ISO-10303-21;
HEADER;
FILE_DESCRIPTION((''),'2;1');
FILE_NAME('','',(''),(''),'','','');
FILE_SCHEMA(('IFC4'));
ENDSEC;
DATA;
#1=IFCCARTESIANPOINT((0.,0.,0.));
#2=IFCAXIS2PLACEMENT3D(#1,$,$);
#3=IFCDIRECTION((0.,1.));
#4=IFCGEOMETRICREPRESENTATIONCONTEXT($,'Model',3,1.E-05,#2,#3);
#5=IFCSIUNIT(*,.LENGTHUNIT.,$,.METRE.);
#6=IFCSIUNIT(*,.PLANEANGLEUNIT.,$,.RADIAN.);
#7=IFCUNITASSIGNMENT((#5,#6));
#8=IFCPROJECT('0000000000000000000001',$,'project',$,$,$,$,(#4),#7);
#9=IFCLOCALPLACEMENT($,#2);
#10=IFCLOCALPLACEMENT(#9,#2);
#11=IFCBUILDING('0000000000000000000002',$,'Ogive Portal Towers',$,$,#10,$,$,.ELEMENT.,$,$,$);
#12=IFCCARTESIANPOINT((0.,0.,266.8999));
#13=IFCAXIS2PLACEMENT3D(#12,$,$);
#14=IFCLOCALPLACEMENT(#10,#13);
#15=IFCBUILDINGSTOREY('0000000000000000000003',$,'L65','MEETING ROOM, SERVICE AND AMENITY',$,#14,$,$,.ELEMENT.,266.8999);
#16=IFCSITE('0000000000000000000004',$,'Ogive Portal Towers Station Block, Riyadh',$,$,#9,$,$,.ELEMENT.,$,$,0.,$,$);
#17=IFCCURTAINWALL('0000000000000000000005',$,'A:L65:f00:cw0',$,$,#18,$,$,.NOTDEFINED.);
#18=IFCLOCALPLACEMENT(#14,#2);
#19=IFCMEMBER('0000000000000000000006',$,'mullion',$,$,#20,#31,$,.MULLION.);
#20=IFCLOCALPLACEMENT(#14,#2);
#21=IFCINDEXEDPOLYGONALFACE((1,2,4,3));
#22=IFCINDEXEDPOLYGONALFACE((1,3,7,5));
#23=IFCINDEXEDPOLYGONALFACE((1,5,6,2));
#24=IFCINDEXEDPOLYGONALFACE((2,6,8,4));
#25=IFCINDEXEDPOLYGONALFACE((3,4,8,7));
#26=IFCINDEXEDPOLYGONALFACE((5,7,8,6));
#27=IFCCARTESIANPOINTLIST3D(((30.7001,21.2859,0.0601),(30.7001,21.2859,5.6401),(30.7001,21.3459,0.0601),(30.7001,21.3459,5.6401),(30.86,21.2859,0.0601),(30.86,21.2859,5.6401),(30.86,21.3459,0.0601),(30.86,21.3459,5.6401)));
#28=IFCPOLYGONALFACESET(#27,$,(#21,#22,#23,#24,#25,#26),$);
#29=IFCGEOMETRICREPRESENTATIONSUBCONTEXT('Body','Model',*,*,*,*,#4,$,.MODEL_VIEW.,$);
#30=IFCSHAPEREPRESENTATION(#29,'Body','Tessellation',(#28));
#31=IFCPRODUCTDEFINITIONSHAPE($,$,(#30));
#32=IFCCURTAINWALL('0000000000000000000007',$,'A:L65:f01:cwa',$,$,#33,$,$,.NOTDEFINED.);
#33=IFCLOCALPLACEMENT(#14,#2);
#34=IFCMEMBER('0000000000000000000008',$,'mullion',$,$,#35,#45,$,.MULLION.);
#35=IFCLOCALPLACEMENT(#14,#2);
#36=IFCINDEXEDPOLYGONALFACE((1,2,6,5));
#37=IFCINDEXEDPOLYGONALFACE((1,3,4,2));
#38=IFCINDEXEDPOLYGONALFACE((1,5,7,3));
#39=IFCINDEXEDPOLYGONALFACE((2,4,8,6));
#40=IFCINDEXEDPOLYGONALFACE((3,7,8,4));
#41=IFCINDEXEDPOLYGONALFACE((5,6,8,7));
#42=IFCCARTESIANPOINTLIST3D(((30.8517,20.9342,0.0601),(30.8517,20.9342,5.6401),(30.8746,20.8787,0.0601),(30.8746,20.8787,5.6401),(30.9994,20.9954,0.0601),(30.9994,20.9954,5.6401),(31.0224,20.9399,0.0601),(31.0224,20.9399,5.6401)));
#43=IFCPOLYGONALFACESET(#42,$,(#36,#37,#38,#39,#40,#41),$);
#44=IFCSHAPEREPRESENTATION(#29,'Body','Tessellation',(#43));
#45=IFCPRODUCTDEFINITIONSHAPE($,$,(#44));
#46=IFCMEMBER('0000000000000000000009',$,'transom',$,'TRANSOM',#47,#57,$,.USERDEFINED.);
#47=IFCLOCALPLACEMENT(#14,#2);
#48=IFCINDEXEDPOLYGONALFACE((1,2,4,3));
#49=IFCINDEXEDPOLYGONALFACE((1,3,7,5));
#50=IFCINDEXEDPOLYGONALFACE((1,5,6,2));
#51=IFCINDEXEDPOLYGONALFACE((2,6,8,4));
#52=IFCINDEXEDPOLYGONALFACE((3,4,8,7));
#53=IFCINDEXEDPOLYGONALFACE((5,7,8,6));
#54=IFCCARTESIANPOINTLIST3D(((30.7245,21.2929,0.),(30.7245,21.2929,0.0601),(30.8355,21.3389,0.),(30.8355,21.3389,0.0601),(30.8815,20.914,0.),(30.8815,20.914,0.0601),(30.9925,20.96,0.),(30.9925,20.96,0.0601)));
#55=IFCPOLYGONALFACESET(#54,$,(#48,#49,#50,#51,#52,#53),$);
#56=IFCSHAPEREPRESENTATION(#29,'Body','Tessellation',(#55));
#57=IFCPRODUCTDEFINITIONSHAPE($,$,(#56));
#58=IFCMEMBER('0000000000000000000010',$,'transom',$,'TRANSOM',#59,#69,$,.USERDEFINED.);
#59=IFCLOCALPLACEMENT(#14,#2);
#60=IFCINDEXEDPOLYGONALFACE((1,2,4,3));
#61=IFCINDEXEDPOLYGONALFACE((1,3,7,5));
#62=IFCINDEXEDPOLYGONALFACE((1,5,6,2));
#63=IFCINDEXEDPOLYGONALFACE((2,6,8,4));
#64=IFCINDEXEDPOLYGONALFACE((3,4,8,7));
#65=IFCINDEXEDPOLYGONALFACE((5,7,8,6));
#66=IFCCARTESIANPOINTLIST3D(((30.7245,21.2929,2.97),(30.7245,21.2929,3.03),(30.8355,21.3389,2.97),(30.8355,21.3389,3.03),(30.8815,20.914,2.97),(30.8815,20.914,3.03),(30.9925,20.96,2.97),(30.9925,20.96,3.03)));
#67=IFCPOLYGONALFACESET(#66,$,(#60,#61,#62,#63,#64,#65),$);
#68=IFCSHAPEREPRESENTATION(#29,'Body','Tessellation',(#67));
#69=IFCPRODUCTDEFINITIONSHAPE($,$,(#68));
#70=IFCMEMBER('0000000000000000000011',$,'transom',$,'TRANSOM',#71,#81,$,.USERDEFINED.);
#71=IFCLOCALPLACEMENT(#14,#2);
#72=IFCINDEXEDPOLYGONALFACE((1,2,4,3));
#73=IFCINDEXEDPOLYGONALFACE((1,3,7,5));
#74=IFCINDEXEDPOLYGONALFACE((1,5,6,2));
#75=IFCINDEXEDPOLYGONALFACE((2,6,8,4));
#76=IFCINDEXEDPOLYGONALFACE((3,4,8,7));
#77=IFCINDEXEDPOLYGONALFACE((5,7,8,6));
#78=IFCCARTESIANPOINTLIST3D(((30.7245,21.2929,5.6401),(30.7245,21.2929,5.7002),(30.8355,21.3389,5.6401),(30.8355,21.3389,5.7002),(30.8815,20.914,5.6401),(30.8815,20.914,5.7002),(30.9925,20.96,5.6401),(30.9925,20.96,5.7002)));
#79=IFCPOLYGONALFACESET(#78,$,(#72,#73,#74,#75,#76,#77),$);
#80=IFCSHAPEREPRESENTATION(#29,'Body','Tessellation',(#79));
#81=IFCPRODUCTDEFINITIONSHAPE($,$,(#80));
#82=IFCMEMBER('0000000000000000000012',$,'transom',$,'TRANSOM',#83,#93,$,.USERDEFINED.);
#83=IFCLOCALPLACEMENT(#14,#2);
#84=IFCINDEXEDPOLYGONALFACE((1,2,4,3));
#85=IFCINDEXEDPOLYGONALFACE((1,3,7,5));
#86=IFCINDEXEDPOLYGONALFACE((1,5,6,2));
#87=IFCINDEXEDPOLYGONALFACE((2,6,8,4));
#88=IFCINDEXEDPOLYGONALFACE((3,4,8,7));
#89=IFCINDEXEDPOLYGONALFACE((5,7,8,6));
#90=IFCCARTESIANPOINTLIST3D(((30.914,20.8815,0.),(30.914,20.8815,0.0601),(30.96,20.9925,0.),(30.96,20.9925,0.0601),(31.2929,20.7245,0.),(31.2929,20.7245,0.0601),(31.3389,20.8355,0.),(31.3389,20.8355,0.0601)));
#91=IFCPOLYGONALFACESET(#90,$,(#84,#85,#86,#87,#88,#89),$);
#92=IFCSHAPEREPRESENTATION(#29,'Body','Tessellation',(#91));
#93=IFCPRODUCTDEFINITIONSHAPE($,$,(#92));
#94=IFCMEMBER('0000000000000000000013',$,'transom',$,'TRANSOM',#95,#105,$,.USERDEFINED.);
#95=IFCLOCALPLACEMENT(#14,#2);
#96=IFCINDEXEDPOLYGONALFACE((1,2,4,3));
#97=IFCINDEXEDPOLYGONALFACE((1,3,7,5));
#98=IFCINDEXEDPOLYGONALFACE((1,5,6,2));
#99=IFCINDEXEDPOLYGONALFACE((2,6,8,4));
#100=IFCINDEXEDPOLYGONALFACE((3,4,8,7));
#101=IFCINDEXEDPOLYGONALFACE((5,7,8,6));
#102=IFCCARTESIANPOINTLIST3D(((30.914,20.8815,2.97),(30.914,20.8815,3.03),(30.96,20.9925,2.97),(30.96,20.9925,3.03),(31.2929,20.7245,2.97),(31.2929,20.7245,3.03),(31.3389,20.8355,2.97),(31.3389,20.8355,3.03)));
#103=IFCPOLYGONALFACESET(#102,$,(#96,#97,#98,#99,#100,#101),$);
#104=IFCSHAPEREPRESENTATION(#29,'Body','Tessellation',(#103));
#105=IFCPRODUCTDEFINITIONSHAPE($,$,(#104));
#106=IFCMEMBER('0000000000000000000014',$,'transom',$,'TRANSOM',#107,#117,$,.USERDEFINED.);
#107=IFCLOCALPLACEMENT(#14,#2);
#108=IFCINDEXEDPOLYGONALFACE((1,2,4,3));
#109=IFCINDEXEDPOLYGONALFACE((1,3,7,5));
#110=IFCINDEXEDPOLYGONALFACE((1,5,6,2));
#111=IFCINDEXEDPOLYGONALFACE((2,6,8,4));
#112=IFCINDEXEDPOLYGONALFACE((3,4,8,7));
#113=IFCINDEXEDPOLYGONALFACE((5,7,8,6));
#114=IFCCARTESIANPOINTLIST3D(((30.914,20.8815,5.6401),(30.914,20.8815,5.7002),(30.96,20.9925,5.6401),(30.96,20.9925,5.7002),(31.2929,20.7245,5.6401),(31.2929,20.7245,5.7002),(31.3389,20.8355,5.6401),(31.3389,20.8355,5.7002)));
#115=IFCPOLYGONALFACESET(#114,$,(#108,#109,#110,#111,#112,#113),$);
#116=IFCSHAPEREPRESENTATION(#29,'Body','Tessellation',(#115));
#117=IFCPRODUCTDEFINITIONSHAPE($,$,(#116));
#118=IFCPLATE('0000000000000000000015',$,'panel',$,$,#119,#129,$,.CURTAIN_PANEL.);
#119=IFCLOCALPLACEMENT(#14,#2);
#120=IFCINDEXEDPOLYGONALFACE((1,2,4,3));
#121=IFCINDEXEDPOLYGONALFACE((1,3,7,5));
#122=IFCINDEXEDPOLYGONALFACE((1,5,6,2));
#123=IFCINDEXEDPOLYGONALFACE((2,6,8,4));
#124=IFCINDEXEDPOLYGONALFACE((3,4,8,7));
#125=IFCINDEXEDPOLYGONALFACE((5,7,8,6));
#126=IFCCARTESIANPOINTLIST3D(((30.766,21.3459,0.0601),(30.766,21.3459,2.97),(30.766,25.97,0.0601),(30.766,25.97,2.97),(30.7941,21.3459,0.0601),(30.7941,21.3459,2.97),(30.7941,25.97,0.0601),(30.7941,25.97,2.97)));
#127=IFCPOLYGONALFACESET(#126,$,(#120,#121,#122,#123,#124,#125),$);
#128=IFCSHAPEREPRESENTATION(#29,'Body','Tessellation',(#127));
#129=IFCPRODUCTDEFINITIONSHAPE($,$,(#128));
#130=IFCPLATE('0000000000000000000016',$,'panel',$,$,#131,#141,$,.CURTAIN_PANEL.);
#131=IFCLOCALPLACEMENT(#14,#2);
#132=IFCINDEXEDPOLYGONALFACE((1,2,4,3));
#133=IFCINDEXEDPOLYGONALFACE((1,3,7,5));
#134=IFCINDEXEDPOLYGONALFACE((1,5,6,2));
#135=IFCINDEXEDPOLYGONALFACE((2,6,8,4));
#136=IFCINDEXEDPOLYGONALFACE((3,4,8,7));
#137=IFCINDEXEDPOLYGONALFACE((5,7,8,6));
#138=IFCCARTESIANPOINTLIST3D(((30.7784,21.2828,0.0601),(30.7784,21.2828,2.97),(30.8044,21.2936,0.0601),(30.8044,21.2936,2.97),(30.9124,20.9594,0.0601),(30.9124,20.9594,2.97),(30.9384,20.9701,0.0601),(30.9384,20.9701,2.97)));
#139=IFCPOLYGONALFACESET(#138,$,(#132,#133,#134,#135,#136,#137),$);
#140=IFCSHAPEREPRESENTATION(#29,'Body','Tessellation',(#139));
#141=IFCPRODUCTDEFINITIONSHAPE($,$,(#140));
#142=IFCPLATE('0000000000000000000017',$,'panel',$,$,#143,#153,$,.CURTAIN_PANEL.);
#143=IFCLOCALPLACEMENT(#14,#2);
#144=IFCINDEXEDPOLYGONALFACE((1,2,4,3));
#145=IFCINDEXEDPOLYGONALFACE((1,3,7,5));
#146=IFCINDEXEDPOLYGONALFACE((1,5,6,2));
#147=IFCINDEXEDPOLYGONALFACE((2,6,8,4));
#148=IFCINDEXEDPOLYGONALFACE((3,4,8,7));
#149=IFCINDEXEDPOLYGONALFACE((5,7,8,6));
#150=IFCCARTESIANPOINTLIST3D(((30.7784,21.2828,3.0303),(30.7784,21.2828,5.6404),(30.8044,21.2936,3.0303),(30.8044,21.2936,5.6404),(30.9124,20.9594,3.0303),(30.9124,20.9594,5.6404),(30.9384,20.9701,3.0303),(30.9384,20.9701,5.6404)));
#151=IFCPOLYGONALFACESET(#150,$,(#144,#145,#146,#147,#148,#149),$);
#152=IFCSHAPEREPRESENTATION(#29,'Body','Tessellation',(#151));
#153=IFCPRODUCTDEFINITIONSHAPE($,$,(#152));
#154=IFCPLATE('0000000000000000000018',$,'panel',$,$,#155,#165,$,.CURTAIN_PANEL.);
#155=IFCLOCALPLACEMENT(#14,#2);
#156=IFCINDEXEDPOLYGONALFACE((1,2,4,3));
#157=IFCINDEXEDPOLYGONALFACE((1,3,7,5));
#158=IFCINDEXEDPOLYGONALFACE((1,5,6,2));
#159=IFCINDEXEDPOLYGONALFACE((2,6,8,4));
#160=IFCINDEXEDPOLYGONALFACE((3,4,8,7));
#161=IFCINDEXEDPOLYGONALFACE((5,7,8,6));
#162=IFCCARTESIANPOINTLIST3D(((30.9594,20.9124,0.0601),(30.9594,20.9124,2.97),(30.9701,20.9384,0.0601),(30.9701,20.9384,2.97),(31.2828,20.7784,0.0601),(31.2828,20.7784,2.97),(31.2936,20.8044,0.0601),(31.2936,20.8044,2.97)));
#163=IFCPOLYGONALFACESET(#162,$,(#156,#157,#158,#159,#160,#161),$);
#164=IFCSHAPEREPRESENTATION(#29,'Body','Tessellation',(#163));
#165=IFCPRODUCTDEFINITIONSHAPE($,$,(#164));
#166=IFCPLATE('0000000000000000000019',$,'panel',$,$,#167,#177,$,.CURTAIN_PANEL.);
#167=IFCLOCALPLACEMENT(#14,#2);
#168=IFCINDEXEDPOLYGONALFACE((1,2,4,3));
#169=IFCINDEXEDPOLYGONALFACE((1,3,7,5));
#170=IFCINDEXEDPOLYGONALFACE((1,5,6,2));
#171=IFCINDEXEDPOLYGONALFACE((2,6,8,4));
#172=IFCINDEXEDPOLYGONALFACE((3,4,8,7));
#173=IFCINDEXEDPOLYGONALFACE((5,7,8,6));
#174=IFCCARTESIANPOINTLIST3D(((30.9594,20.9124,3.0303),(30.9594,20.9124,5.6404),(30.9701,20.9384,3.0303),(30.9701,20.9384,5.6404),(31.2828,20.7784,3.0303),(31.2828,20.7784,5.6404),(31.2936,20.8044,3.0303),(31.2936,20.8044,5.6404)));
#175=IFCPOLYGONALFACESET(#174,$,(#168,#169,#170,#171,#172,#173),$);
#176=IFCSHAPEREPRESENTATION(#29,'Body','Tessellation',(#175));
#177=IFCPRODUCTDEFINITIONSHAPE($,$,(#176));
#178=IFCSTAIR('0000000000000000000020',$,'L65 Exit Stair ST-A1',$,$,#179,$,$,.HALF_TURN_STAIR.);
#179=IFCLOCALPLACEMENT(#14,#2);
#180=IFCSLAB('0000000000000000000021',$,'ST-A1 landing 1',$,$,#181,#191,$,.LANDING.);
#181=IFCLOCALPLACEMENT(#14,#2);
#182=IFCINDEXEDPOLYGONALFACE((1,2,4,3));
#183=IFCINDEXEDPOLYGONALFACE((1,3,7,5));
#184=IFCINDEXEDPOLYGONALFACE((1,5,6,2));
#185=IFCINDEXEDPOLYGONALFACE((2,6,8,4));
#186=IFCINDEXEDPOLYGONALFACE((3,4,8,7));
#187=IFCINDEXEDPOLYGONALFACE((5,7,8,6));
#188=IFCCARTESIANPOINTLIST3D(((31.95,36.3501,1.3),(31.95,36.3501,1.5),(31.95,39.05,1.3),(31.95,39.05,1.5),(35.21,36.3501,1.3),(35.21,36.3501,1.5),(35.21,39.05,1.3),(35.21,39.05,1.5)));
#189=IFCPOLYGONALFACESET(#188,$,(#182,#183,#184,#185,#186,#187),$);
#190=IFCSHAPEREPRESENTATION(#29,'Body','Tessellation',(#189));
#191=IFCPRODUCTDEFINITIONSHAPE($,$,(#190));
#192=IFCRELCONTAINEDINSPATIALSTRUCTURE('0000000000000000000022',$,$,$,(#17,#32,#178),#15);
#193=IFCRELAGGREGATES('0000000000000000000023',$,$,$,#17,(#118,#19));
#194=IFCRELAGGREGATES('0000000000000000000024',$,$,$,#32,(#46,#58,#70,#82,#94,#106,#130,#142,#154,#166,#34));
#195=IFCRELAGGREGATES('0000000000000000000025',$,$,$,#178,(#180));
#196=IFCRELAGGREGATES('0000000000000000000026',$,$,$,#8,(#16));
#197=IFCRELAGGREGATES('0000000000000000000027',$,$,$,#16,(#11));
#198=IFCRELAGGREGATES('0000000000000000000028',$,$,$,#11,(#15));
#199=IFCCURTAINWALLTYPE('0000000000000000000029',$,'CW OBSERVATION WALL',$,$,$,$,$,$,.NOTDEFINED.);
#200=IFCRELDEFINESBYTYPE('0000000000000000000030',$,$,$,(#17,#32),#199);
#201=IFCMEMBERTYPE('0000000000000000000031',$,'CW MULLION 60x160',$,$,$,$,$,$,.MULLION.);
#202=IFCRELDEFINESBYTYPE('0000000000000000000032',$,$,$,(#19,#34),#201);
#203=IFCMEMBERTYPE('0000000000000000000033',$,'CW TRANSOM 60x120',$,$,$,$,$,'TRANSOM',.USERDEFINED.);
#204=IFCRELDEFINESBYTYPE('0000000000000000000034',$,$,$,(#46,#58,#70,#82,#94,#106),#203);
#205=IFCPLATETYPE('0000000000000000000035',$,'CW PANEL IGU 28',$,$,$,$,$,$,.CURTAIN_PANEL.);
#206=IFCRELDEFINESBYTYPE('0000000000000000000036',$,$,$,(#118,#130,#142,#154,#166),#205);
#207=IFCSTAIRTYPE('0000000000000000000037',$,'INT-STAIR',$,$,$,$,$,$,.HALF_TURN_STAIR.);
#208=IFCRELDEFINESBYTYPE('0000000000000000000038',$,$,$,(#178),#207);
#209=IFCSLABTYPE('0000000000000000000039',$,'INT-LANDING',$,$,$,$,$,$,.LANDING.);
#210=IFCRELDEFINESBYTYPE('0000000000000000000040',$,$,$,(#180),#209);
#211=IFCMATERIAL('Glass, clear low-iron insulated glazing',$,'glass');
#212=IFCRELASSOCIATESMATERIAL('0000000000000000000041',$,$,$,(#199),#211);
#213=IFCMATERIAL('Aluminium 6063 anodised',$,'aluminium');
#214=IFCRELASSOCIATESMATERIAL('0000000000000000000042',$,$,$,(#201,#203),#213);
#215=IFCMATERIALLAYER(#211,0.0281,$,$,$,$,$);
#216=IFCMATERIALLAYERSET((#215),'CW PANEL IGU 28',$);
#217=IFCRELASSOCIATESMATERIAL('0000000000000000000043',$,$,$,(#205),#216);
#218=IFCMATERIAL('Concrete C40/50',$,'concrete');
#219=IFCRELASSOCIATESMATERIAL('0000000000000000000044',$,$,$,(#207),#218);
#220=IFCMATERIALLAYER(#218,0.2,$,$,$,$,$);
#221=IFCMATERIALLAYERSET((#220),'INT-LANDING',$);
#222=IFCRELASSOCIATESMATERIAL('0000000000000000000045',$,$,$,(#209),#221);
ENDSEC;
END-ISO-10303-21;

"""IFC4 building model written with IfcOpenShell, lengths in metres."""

from ifc_helpers import new_model, si_unit, direction, frame, origin, origin_2d, place, context, subcontext, project, spatial, polyline, rectangle, outline, extrude, material, layer, layer_set, material_profile, profile_set, type_object, element, aggregate, save


model = new_model("IFC4")

# Units and contexts
model_context = context("Model", 3, precision=1e-05, world=origin(), true_north=direction((0.0, 1.0)))
body_context = subcontext(model_context, "Body", "Model", "MODEL_VIEW")
ifc_project = project(units=[si_unit("LENGTHUNIT", "METRE"), si_unit("PLANEANGLEUNIT", "RADIAN")], contexts=[model_context])

# Site, building, storey
site_placement = place(None, origin())
site = spatial("IfcSite", under=ifc_project, at=site_placement, Name="Ogive Portal Towers Station Block, Riyadh", CompositionType="ELEMENT", RefElevation=0.0)
building_placement = place(site_placement, origin())
building = spatial("IfcBuilding", under=site, at=building_placement, Name="Ogive Portal Towers", CompositionType="ELEMENT")
storey_placement = place(building_placement, frame((0.0, 0.0, 266.8999)))
storey = spatial("IfcBuildingStorey", under=building, at=storey_placement, Name="L65", Description="MEETING ROOM, SERVICE AND AMENITY", CompositionType="ELEMENT", Elevation=266.8999)

# Curtain wall, member
ifc_material_1 = material(Name="Glass, clear low-iron insulated glazing", Category="glass")
curtain_wall_type = type_object("IfcCurtainWallType", Name="CW OBSERVATION WALL", PredefinedType="NOTDEFINED", material=ifc_material_1)
curtain_wall_1_placement = place(storey_placement, origin())
curtain_wall_1 = element("IfcCurtainWall", 1, at=curtain_wall_1_placement, inside=storey, type_object=curtain_wall_type, Name="A:L65:f00:cw0", PredefinedType="NOTDEFINED")
ifc_material_2 = material(Name="Aluminium 6063 anodised", Category="aluminium")
ifc_material_profile_1 = material_profile(ifc_material_2, rectangle(XDim=0.1599, YDim=0.0601, at=origin_2d()), Name="AL 60x160")
ifc_profile_set_1 = profile_set([ifc_material_profile_1], Name="Aluminium 6063 anodised")
member_type_1 = type_object("IfcMemberType", Name="CW MULLION 60x160", PredefinedType="MULLION", material=ifc_profile_set_1)
member_1_placement = place(storey_placement, frame((30.78, 21.3159, 0.0601), z_axis=(0.0, 0.0, 1.0), x_axis=(1.0, 0.0, 0.0)))
member_1 = element("IfcMember", 2, at=member_1_placement, type_object=member_type_1, Name="mullion", PredefinedType="MULLION", context=body_context, shape_type="SweptSolid", body=[
    extrude(rectangle(XDim=0.1599, YDim=0.0601, at=origin_2d()), origin(), (0.0, 0.0, 1.0), 5.5801),
])

# Curtain wall, members
curtain_wall_2_placement = place(storey_placement, origin())
curtain_wall_2 = element("IfcCurtainWall", 3, at=curtain_wall_2_placement, inside=storey, type_object=curtain_wall_type, Name="A:L65:f01:cwa", PredefinedType="NOTDEFINED")
member_2_placement = place(storey_placement, frame((30.937, 20.937, 0.0601), z_axis=(0.0, 0.0, 1.0), x_axis=(0.92388, 0.382683, 0.0)))
member_2 = element("IfcMember", 4, at=member_2_placement, type_object=member_type_1, Name="mullion", PredefinedType="MULLION", context=body_context, shape_type="SweptSolid", body=[
    extrude(rectangle(XDim=0.1599, YDim=0.0601, at=origin_2d()), origin(), (0.0, 0.0, 1.0), 5.5801),
])
ifc_material_profile_2 = material_profile(ifc_material_2, rectangle(XDim=0.1201, YDim=0.0601, at=origin_2d()), Name="AL 120x60")
ifc_profile_set_2 = profile_set([ifc_material_profile_2], Name="Aluminium 6063 anodised")
member_type_2 = type_object("IfcMemberType", Name="CW TRANSOM 60x120", ElementType="TRANSOM", PredefinedType="USERDEFINED", material=ifc_profile_set_2)
member_3_placement = place(storey_placement, frame((30.78, 21.3159, 0.03), z_axis=(0.382755, -0.92385, 0.0), x_axis=(0.92385, 0.382755, 0.0)))
member_3 = element("IfcMember", 5, at=member_3_placement, type_object=member_type_2, Name="transom", ObjectType="TRANSOM", PredefinedType="USERDEFINED", context=body_context, shape_type="SweptSolid", body=[
    extrude(rectangle(XDim=0.1201, YDim=0.0601, at=origin_2d()), origin(), (0.0, 0.0, 1.0), 0.4102),
])
member_4_placement = place(storey_placement, frame((30.78, 21.3159, 3.0), z_axis=(0.382755, -0.92385, 0.0), x_axis=(0.92385, 0.382755, 0.0)))
member_4 = element("IfcMember", 6, at=member_4_placement, type_object=member_type_2, Name="transom", ObjectType="TRANSOM", PredefinedType="USERDEFINED", context=body_context, shape_type="SweptSolid", body=[
    extrude(rectangle(XDim=0.1201, YDim=0.0601, at=origin_2d()), origin(), (0.0, 0.0, 1.0), 0.4102),
])
member_5_placement = place(storey_placement, frame((30.78, 21.3159, 5.6702), z_axis=(0.382755, -0.92385, 0.0), x_axis=(0.92385, 0.382755, 0.0)))
member_5 = element("IfcMember", 7, at=member_5_placement, type_object=member_type_2, Name="transom", ObjectType="TRANSOM", PredefinedType="USERDEFINED", context=body_context, shape_type="SweptSolid", body=[
    extrude(rectangle(XDim=0.1201, YDim=0.0601, at=origin_2d()), origin(), (0.0, 0.0, 1.0), 0.4102),
])
member_6_placement = place(storey_placement, frame((30.937, 20.937, 0.03), z_axis=(0.92385, -0.382755, 0.0), x_axis=(0.382755, 0.92385, 0.0)))
member_6 = element("IfcMember", 8, at=member_6_placement, type_object=member_type_2, Name="transom", ObjectType="TRANSOM", PredefinedType="USERDEFINED", context=body_context, shape_type="SweptSolid", body=[
    extrude(rectangle(XDim=0.1201, YDim=0.0601, at=origin_2d()), origin(), (0.0, 0.0, 1.0), 0.4102),
])
member_7_placement = place(storey_placement, frame((30.937, 20.937, 3.0), z_axis=(0.92385, -0.382755, 0.0), x_axis=(0.382755, 0.92385, 0.0)))
member_7 = element("IfcMember", 9, at=member_7_placement, type_object=member_type_2, Name="transom", ObjectType="TRANSOM", PredefinedType="USERDEFINED", context=body_context, shape_type="SweptSolid", body=[
    extrude(rectangle(XDim=0.1201, YDim=0.0601, at=origin_2d()), origin(), (0.0, 0.0, 1.0), 0.4102),
])
member_8_placement = place(storey_placement, frame((30.937, 20.937, 5.6702), z_axis=(0.92385, -0.382755, 0.0), x_axis=(0.382755, 0.92385, 0.0)))
member_8 = element("IfcMember", 10, at=member_8_placement, type_object=member_type_2, Name="transom", ObjectType="TRANSOM", PredefinedType="USERDEFINED", context=body_context, shape_type="SweptSolid", body=[
    extrude(rectangle(XDim=0.1201, YDim=0.0601, at=origin_2d()), origin(), (0.0, 0.0, 1.0), 0.4102),
])

# Plates
ifc_layer_1 = layer(ifc_material_1, 0.0281)
ifc_layer_set_1 = layer_set([ifc_layer_1], Name="CW PANEL IGU 28")
plate_type = type_object("IfcPlateType", Name="CW PANEL IGU 28", PredefinedType="CURTAIN_PANEL", material=ifc_layer_set_1)
plate_1_placement = place(storey_placement, frame((30.78, 23.658, 0.0601), z_axis=(0.0, 0.0, 1.0), x_axis=(0.0, -1.0, 0.0)))
plate_1 = element("IfcPlate", 11, at=plate_1_placement, type_object=plate_type, Name="panel", PredefinedType="CURTAIN_PANEL", context=body_context, shape_type="SweptSolid", body=[
    extrude(rectangle(XDim=4.624, YDim=0.0281, at=origin_2d()), origin(), (0.0, 0.0, 1.0), 2.9099),
])
aggregate(curtain_wall_1, [plate_1, member_1])
plate_2_placement = place(storey_placement, frame((30.8584, 21.1265, 0.0601), z_axis=(0.0, 0.0, 1.0), x_axis=(0.382683, -0.92388, 0.0)))
plate_2 = element("IfcPlate", 12, at=plate_2_placement, type_object=plate_type, Name="panel", PredefinedType="CURTAIN_PANEL", context=body_context, shape_type="SweptSolid", body=[
    extrude(rectangle(XDim=0.3501, YDim=0.0281, at=origin_2d()), origin(), (0.0, 0.0, 1.0), 2.9099),
])
plate_3_placement = place(storey_placement, frame((30.8584, 21.1265, 3.0303), z_axis=(0.0, 0.0, 1.0), x_axis=(0.382683, -0.92388, 0.0)))
plate_3 = element("IfcPlate", 13, at=plate_3_placement, type_object=plate_type, Name="panel", PredefinedType="CURTAIN_PANEL", context=body_context, shape_type="SweptSolid", body=[
    extrude(rectangle(XDim=0.3501, YDim=0.0281, at=origin_2d()), origin(), (0.0, 0.0, 1.0), 2.6101),
])
plate_4_placement = place(storey_placement, frame((31.1265, 20.8584, 0.0601), z_axis=(0.0, 0.0, 1.0), x_axis=(0.92388, -0.382683, 0.0)))
plate_4 = element("IfcPlate", 14, at=plate_4_placement, type_object=plate_type, Name="panel", PredefinedType="CURTAIN_PANEL", context=body_context, shape_type="SweptSolid", body=[
    extrude(rectangle(XDim=0.3501, YDim=0.0281, at=origin_2d()), origin(), (0.0, 0.0, 1.0), 2.9099),
])
plate_5_placement = place(storey_placement, frame((31.1265, 20.8584, 3.0303), z_axis=(0.0, 0.0, 1.0), x_axis=(0.92388, -0.382683, 0.0)))
plate_5 = element("IfcPlate", 15, at=plate_5_placement, type_object=plate_type, Name="panel", PredefinedType="CURTAIN_PANEL", context=body_context, shape_type="SweptSolid", body=[
    extrude(rectangle(XDim=0.3501, YDim=0.0281, at=origin_2d()), origin(), (0.0, 0.0, 1.0), 2.6101),
])
aggregate(curtain_wall_2, [member_3, member_4, member_5, member_6, member_7, member_8, plate_2, plate_3, plate_4, plate_5, member_2])

# Stair, slab
ifc_material_3 = material(Name="Concrete C40/50", Category="concrete")
stair_type = type_object("IfcStairType", Name="INT-STAIR", PredefinedType="HALF_TURN_STAIR", material=ifc_material_3)
stair_1_placement = place(storey_placement, origin())
stair_1 = element("IfcStair", 16, at=stair_1_placement, inside=storey, type_object=stair_type, Name="L65 Exit Stair ST-A1", PredefinedType="HALF_TURN_STAIR")
ifc_layer_2 = layer(ifc_material_3, 0.2)
ifc_layer_set_2 = layer_set([ifc_layer_2], Name="INT-LANDING")
slab_type_1 = type_object("IfcSlabType", Name="INT-LANDING", PredefinedType="LANDING", material=ifc_layer_set_2)
slab_1_placement = place(storey_placement, frame((0.0, 0.0, 1.3)))
slab_1 = element("IfcSlab", 17, at=slab_1_placement, type_object=slab_type_1, Name="ST-A1 landing 1", PredefinedType="LANDING", context=body_context, shape_type="SweptSolid", body=[
    extrude(outline(polyline([(35.21, 39.05), (31.95, 39.05), (31.95, 36.3501), (35.21, 36.3501), (35.21, 39.05)])), origin(), (0.0, 0.0, 1.0), 0.2),
])
aggregate(stair_1, [slab_1])

save(model, "model.ifc")
